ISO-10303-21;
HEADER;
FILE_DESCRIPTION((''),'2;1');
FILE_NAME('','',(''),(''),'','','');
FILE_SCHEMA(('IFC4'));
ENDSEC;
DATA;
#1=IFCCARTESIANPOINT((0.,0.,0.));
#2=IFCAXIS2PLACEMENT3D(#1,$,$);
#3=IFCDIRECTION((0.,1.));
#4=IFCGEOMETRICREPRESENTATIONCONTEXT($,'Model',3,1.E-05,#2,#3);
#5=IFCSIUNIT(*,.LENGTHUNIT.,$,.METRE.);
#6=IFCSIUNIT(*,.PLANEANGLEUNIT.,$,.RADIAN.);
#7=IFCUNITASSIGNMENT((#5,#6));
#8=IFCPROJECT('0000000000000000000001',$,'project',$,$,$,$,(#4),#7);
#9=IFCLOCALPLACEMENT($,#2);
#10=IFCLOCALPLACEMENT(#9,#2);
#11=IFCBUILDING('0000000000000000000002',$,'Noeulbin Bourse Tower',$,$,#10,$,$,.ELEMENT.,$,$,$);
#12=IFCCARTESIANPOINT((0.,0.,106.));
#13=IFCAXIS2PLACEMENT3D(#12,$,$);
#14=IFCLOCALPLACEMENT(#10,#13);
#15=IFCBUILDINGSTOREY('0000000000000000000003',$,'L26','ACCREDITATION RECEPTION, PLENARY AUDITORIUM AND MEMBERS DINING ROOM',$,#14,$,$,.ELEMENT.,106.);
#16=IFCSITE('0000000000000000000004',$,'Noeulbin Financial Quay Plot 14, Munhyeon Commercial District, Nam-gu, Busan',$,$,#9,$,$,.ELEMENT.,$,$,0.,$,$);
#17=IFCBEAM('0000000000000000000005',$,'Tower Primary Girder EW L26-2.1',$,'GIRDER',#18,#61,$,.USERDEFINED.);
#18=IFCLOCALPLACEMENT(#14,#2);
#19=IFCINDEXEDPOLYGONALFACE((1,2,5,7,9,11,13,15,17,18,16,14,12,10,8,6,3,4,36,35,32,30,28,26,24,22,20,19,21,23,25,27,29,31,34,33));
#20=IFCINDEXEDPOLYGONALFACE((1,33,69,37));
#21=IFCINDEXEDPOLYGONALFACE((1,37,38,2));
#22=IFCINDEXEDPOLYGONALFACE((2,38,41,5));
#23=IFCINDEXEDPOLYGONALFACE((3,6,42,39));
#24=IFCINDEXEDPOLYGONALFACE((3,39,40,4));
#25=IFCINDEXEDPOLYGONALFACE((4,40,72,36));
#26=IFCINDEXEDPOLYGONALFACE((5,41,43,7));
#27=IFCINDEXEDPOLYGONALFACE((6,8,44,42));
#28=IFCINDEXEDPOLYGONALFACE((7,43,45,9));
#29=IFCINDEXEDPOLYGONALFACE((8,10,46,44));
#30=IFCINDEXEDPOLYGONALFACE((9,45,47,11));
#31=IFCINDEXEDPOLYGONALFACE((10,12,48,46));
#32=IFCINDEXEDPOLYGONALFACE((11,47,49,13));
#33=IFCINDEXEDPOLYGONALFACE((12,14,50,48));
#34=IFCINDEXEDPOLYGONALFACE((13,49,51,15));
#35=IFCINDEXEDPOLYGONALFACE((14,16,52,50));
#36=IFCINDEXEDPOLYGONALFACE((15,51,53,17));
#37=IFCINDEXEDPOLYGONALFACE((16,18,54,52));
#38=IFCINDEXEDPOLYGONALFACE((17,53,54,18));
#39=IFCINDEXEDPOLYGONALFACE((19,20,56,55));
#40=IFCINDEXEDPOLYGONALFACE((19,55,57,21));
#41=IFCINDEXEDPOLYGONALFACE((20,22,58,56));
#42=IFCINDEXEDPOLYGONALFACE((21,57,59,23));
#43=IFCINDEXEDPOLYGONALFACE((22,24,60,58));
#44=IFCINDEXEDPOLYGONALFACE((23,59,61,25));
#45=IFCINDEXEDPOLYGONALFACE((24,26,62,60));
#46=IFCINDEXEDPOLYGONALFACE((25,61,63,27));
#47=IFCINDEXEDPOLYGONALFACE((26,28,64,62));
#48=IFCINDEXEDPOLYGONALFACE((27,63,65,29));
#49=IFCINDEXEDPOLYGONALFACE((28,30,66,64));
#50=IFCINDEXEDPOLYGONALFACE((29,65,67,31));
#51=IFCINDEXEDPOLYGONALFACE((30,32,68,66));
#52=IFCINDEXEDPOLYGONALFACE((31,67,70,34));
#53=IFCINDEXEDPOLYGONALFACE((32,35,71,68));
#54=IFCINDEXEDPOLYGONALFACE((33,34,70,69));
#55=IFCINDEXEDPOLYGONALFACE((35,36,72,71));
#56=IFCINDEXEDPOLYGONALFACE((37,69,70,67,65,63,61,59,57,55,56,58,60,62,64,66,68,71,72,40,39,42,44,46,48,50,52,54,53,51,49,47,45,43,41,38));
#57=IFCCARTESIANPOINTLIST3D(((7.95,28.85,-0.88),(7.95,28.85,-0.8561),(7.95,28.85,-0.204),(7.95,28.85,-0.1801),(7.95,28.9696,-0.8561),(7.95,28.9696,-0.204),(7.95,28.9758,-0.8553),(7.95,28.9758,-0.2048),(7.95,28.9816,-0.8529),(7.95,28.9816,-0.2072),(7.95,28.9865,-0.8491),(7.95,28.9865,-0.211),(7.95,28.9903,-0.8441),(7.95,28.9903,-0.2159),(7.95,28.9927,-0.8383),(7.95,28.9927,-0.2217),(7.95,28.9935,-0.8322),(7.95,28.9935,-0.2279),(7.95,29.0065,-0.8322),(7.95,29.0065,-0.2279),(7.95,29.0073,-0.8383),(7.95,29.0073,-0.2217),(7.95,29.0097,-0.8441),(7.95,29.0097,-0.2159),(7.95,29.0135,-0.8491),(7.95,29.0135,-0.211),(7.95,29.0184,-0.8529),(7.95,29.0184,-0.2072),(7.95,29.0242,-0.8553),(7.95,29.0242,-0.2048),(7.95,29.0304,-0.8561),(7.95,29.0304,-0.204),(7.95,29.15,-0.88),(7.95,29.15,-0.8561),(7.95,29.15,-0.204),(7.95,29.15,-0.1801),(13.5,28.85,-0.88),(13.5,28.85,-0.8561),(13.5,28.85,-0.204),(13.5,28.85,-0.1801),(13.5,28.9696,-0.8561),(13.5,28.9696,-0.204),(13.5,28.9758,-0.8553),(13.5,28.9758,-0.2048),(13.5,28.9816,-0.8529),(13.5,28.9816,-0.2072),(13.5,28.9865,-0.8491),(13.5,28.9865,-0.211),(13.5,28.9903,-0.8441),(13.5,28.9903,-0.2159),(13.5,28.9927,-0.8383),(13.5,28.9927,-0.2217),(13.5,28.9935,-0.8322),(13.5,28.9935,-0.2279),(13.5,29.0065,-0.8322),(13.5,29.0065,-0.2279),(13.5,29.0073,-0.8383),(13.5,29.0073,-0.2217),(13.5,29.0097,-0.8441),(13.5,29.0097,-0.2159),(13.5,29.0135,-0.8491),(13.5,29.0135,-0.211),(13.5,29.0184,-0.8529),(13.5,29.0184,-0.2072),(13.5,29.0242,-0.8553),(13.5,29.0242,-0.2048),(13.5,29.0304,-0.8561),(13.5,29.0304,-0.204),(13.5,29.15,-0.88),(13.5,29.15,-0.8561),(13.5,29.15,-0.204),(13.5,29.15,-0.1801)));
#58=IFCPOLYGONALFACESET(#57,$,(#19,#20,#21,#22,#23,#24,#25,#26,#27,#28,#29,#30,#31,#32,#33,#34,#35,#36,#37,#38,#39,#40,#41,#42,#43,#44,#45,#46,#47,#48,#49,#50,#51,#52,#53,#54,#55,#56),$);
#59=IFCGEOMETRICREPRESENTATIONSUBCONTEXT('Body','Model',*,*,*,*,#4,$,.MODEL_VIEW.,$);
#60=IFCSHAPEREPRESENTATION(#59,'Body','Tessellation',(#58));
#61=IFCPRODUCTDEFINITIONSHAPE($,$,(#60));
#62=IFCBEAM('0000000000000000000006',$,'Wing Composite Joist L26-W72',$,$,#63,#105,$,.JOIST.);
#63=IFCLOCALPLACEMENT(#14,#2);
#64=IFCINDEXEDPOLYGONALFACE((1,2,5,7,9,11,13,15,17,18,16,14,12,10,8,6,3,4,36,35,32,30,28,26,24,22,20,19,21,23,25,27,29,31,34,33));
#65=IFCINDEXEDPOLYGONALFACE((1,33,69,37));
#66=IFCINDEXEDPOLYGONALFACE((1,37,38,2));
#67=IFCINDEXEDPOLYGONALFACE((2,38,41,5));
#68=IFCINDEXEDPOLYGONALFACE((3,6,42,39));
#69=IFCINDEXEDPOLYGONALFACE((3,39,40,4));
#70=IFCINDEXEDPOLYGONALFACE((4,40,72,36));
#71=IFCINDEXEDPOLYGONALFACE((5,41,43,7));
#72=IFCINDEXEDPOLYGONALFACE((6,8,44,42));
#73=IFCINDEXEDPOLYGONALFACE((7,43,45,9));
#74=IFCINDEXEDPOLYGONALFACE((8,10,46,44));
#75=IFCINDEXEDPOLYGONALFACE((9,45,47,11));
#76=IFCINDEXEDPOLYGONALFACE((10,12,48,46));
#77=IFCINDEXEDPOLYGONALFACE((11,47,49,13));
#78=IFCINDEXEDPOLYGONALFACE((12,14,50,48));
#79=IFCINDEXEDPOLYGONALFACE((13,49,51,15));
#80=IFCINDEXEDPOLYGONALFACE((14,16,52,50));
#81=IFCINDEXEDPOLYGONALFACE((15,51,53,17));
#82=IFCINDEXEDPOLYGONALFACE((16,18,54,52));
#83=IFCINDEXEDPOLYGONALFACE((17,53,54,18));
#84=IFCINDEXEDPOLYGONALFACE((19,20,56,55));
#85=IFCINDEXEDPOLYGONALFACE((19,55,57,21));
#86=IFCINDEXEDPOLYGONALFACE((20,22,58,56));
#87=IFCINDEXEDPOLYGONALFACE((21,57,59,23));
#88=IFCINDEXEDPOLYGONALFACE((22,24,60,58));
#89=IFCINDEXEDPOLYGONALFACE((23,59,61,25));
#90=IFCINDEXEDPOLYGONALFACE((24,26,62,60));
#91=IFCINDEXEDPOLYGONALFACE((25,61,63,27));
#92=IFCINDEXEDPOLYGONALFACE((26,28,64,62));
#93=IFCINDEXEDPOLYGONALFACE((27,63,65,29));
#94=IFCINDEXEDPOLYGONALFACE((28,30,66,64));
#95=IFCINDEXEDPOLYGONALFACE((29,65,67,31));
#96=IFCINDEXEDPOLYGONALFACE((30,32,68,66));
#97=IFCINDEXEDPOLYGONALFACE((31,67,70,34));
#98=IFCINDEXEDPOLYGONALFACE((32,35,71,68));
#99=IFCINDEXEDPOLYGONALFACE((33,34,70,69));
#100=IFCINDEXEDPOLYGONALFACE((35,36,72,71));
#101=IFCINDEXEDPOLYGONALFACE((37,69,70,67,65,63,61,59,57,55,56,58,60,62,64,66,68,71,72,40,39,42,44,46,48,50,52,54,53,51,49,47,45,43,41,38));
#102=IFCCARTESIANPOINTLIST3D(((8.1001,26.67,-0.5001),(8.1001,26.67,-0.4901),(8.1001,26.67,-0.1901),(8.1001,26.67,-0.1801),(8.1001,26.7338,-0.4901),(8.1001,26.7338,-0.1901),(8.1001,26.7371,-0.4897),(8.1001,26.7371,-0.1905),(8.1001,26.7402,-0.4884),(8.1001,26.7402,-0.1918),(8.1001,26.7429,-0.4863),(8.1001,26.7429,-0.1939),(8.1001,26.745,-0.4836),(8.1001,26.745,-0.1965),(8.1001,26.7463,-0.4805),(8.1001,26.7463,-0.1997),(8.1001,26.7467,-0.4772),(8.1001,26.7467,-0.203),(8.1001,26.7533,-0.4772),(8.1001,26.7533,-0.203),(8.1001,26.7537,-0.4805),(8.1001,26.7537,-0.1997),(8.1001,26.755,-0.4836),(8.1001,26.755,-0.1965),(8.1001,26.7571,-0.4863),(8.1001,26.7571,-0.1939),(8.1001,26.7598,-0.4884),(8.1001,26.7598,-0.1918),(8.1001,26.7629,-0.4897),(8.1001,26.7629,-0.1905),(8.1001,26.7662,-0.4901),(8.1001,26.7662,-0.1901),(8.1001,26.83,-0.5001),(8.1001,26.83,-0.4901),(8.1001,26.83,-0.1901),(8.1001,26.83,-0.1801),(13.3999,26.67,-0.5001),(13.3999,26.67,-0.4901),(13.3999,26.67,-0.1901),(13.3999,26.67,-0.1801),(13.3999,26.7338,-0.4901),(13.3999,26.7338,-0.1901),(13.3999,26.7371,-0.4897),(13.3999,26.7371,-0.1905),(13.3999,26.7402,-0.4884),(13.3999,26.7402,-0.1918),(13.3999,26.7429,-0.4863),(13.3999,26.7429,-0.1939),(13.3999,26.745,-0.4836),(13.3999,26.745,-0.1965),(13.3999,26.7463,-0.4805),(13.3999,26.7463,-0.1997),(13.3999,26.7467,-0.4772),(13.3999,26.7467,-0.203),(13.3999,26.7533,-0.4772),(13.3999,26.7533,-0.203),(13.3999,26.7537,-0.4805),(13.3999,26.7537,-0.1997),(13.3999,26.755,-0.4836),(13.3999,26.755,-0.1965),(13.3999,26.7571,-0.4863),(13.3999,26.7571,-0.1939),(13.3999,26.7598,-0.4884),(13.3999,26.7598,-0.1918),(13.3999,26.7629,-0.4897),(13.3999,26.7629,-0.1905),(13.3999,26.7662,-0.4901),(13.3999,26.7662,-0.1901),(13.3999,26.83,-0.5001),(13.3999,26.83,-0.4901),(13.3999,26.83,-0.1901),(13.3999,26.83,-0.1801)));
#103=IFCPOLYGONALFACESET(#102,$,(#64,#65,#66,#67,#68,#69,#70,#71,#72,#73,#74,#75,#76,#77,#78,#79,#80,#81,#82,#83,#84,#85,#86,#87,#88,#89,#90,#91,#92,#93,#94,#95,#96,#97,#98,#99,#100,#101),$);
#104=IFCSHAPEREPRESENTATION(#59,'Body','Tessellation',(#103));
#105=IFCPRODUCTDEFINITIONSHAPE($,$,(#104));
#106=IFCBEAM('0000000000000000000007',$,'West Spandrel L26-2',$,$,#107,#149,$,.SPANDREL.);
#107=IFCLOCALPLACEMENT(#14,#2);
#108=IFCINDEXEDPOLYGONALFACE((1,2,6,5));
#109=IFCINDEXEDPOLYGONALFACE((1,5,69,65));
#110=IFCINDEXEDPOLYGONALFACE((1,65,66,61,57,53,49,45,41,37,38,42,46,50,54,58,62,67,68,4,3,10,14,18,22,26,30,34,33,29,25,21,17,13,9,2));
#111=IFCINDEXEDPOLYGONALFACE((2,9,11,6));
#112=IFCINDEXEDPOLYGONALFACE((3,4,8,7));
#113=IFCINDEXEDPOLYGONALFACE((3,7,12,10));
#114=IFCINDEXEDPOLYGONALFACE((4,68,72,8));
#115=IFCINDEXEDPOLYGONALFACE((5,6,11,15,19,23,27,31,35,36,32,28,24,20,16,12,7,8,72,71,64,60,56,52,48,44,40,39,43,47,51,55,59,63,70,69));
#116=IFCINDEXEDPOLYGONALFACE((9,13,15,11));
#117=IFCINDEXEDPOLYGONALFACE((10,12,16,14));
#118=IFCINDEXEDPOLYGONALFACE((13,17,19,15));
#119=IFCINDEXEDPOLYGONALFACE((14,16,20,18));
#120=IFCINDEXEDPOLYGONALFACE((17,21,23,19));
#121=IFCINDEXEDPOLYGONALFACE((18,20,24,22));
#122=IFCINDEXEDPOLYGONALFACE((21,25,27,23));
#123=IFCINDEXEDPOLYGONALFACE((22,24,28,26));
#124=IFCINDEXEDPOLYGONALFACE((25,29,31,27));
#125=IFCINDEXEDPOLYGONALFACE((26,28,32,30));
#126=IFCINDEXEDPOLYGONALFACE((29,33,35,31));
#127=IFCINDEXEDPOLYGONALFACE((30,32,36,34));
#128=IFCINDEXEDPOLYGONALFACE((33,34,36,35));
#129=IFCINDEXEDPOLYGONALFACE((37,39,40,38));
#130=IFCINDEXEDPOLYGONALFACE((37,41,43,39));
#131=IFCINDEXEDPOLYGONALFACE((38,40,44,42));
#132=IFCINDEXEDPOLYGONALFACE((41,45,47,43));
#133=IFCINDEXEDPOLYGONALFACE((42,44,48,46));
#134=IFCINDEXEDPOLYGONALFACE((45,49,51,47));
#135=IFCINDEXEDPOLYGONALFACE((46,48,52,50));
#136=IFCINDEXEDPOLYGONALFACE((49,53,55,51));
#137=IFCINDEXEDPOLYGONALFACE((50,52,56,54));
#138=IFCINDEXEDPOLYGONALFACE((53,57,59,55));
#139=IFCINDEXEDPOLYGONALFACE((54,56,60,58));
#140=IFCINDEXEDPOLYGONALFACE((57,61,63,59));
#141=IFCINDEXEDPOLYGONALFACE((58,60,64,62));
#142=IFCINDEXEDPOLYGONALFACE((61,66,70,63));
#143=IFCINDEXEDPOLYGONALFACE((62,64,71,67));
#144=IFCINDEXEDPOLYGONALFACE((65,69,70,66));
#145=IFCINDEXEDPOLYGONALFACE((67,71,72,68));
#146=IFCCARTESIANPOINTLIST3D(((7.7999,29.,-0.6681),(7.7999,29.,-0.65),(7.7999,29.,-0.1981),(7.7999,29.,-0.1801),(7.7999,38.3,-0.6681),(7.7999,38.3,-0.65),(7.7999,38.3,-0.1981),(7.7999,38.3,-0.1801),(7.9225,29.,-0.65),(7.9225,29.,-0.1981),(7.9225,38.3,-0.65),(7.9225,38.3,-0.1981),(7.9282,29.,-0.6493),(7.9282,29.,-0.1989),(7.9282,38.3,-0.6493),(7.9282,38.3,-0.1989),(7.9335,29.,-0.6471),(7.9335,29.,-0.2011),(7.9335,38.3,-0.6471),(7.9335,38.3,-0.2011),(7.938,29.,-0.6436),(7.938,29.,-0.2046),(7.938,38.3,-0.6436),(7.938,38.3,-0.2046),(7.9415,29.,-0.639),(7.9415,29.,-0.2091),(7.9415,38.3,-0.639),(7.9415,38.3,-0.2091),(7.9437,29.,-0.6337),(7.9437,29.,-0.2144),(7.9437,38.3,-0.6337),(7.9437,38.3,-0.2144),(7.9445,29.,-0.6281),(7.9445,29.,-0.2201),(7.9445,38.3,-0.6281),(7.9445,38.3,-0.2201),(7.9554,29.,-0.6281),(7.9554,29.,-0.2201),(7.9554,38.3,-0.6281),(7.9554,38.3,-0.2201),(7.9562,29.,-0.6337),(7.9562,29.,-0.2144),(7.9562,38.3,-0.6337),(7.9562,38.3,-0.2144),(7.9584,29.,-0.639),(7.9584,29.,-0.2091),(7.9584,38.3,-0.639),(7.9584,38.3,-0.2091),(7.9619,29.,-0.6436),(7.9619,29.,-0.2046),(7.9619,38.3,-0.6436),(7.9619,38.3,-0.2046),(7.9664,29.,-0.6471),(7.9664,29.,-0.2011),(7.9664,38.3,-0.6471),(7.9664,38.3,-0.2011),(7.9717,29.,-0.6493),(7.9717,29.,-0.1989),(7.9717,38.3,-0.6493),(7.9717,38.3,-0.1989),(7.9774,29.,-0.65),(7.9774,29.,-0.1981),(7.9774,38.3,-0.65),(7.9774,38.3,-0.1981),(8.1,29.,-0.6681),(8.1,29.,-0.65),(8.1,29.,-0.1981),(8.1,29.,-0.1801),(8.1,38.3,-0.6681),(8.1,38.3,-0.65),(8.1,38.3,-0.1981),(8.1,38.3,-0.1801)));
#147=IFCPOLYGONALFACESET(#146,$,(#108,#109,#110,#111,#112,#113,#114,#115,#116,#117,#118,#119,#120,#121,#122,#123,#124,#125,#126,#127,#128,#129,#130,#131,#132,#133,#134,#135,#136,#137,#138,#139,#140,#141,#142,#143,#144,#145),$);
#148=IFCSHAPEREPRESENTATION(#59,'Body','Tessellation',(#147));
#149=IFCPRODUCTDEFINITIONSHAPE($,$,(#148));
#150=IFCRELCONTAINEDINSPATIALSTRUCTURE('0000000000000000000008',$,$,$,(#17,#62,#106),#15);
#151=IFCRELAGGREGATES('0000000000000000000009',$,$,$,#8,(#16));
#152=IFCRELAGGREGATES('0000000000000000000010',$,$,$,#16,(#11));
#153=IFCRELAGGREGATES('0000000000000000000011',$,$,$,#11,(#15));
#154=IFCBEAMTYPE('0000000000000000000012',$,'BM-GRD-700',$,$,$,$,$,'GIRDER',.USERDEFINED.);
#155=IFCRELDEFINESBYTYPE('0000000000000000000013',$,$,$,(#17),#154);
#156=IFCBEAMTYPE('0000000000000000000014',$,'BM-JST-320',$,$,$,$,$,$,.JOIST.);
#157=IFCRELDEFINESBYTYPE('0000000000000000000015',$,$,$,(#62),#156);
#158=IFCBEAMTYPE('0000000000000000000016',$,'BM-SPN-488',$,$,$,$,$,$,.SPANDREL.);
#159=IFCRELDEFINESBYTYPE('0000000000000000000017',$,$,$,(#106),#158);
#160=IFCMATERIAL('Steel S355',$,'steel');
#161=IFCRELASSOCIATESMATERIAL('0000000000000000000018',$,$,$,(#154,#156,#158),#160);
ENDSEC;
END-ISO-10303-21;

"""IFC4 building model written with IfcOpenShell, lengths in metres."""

from ifc_helpers import new_model, si_unit, direction, frame, origin, origin_2d, place, context, subcontext, project, spatial, i_section, extrude, material, material_profile, profile_set, type_object, element, save


model = new_model("IFC4")

# Units and contexts
model_context = context("Model", 3, precision=1e-05, world=origin(), true_north=direction((0.0, 1.0)))
body_context = subcontext(model_context, "Body", "Model", "MODEL_VIEW")
ifc_project = project(units=[si_unit("LENGTHUNIT", "METRE"), si_unit("PLANEANGLEUNIT", "RADIAN")], contexts=[model_context])

# Site, building, storey
site_placement = place(None, origin())
site = spatial("IfcSite", under=ifc_project, at=site_placement, Name="Noeulbin Financial Quay Plot 14, Munhyeon Commercial District, Nam-gu, Busan", CompositionType="ELEMENT", RefElevation=0.0)
building_placement = place(site_placement, origin())
building = spatial("IfcBuilding", under=site, at=building_placement, Name="Noeulbin Bourse Tower", CompositionType="ELEMENT")
storey_placement = place(building_placement, frame((0.0, 0.0, 106.0)))
storey = spatial("IfcBuildingStorey", under=building, at=storey_placement, Name="L26", Description="ACCREDITATION RECEPTION, PLENARY AUDITORIUM AND MEMBERS DINING ROOM", CompositionType="ELEMENT", Elevation=106.0)

# Shared definitions
ifc_material_1 = material(Name="Steel S355", Category="steel")

# Beams
ifc_material_profile_1 = material_profile(ifc_material_1, i_section(OverallWidth=0.3, OverallDepth=0.7, WebThickness=0.0129, FlangeThickness=0.0239, FilletRadius=0.0239, at=origin_2d()), Name="H-700x300x13x24", Category="LoadBearing")
ifc_profile_set_1 = profile_set([ifc_material_profile_1], Name="Steel S355")
beam_type_1 = type_object("IfcBeamType", Name="BM-GRD-700", ElementType="GIRDER", PredefinedType="USERDEFINED", material=ifc_profile_set_1)
beam_1_placement = place(storey_placement, frame((7.95, 29.0, -0.53), z_axis=(1.0, 0.0, 0.0), x_axis=(0.0, 1.0, 0.0)))
element("IfcBeam", 1, at=beam_1_placement, inside=storey, type_object=beam_type_1, Name="Tower Primary Girder EW L26-2.1", ObjectType="GIRDER", PredefinedType="USERDEFINED", context=body_context, shape_type="SweptSolid", body=[
    extrude(i_section(OverallWidth=0.3, OverallDepth=0.7, WebThickness=0.0129, FlangeThickness=0.0239, FilletRadius=0.0239, at=origin_2d()), origin(), (0.0, 0.0, 1.0), 5.55),
])
ifc_material_profile_2 = material_profile(ifc_material_1, i_section(OverallWidth=0.1599, OverallDepth=0.3201, WebThickness=0.0066, FlangeThickness=0.01, FilletRadius=0.0129, at=origin_2d()), Name="H-320x160x6.5x10", Category="LoadBearing")
ifc_profile_set_2 = profile_set([ifc_material_profile_2], Name="Steel S355")
beam_type_2 = type_object("IfcBeamType", Name="BM-JST-320", PredefinedType="JOIST", material=ifc_profile_set_2)
beam_2_placement = place(storey_placement, frame((8.1001, 26.75, -0.3401), z_axis=(1.0, 0.0, 0.0), x_axis=(0.0, 1.0, 0.0)))
element("IfcBeam", 2, at=beam_2_placement, inside=storey, type_object=beam_type_2, Name="Wing Composite Joist L26-W72", PredefinedType="JOIST", context=body_context, shape_type="SweptSolid", body=[
    extrude(i_section(OverallWidth=0.1599, OverallDepth=0.3201, WebThickness=0.0066, FlangeThickness=0.01, FilletRadius=0.0129, at=origin_2d()), origin(), (0.0, 0.0, 1.0), 5.2998),
])
ifc_material_profile_3 = material_profile(ifc_material_1, i_section(OverallWidth=0.3, OverallDepth=0.488, WebThickness=0.011, FlangeThickness=0.0181, FilletRadius=0.022, at=origin_2d()), Name="H-488x300x11x18", Category="LoadBearing")
ifc_profile_set_3 = profile_set([ifc_material_profile_3], Name="Steel S355")
beam_type_3 = type_object("IfcBeamType", Name="BM-SPN-488", PredefinedType="SPANDREL", material=ifc_profile_set_3)
beam_3_placement = place(storey_placement, frame((7.95, 29.0, -0.4241), z_axis=(0.0, 1.0, 0.0), x_axis=(-1.0, 0.0, 0.0)))
element("IfcBeam", 3, at=beam_3_placement, inside=storey, type_object=beam_type_3, Name="West Spandrel L26-2", PredefinedType="SPANDREL", context=body_context, shape_type="SweptSolid", body=[
    extrude(i_section(OverallWidth=0.3, OverallDepth=0.488, WebThickness=0.011, FlangeThickness=0.0181, FilletRadius=0.022, at=origin_2d()), origin(), (0.0, 0.0, 1.0), 9.3),
])

save(model, "model.ifc")
